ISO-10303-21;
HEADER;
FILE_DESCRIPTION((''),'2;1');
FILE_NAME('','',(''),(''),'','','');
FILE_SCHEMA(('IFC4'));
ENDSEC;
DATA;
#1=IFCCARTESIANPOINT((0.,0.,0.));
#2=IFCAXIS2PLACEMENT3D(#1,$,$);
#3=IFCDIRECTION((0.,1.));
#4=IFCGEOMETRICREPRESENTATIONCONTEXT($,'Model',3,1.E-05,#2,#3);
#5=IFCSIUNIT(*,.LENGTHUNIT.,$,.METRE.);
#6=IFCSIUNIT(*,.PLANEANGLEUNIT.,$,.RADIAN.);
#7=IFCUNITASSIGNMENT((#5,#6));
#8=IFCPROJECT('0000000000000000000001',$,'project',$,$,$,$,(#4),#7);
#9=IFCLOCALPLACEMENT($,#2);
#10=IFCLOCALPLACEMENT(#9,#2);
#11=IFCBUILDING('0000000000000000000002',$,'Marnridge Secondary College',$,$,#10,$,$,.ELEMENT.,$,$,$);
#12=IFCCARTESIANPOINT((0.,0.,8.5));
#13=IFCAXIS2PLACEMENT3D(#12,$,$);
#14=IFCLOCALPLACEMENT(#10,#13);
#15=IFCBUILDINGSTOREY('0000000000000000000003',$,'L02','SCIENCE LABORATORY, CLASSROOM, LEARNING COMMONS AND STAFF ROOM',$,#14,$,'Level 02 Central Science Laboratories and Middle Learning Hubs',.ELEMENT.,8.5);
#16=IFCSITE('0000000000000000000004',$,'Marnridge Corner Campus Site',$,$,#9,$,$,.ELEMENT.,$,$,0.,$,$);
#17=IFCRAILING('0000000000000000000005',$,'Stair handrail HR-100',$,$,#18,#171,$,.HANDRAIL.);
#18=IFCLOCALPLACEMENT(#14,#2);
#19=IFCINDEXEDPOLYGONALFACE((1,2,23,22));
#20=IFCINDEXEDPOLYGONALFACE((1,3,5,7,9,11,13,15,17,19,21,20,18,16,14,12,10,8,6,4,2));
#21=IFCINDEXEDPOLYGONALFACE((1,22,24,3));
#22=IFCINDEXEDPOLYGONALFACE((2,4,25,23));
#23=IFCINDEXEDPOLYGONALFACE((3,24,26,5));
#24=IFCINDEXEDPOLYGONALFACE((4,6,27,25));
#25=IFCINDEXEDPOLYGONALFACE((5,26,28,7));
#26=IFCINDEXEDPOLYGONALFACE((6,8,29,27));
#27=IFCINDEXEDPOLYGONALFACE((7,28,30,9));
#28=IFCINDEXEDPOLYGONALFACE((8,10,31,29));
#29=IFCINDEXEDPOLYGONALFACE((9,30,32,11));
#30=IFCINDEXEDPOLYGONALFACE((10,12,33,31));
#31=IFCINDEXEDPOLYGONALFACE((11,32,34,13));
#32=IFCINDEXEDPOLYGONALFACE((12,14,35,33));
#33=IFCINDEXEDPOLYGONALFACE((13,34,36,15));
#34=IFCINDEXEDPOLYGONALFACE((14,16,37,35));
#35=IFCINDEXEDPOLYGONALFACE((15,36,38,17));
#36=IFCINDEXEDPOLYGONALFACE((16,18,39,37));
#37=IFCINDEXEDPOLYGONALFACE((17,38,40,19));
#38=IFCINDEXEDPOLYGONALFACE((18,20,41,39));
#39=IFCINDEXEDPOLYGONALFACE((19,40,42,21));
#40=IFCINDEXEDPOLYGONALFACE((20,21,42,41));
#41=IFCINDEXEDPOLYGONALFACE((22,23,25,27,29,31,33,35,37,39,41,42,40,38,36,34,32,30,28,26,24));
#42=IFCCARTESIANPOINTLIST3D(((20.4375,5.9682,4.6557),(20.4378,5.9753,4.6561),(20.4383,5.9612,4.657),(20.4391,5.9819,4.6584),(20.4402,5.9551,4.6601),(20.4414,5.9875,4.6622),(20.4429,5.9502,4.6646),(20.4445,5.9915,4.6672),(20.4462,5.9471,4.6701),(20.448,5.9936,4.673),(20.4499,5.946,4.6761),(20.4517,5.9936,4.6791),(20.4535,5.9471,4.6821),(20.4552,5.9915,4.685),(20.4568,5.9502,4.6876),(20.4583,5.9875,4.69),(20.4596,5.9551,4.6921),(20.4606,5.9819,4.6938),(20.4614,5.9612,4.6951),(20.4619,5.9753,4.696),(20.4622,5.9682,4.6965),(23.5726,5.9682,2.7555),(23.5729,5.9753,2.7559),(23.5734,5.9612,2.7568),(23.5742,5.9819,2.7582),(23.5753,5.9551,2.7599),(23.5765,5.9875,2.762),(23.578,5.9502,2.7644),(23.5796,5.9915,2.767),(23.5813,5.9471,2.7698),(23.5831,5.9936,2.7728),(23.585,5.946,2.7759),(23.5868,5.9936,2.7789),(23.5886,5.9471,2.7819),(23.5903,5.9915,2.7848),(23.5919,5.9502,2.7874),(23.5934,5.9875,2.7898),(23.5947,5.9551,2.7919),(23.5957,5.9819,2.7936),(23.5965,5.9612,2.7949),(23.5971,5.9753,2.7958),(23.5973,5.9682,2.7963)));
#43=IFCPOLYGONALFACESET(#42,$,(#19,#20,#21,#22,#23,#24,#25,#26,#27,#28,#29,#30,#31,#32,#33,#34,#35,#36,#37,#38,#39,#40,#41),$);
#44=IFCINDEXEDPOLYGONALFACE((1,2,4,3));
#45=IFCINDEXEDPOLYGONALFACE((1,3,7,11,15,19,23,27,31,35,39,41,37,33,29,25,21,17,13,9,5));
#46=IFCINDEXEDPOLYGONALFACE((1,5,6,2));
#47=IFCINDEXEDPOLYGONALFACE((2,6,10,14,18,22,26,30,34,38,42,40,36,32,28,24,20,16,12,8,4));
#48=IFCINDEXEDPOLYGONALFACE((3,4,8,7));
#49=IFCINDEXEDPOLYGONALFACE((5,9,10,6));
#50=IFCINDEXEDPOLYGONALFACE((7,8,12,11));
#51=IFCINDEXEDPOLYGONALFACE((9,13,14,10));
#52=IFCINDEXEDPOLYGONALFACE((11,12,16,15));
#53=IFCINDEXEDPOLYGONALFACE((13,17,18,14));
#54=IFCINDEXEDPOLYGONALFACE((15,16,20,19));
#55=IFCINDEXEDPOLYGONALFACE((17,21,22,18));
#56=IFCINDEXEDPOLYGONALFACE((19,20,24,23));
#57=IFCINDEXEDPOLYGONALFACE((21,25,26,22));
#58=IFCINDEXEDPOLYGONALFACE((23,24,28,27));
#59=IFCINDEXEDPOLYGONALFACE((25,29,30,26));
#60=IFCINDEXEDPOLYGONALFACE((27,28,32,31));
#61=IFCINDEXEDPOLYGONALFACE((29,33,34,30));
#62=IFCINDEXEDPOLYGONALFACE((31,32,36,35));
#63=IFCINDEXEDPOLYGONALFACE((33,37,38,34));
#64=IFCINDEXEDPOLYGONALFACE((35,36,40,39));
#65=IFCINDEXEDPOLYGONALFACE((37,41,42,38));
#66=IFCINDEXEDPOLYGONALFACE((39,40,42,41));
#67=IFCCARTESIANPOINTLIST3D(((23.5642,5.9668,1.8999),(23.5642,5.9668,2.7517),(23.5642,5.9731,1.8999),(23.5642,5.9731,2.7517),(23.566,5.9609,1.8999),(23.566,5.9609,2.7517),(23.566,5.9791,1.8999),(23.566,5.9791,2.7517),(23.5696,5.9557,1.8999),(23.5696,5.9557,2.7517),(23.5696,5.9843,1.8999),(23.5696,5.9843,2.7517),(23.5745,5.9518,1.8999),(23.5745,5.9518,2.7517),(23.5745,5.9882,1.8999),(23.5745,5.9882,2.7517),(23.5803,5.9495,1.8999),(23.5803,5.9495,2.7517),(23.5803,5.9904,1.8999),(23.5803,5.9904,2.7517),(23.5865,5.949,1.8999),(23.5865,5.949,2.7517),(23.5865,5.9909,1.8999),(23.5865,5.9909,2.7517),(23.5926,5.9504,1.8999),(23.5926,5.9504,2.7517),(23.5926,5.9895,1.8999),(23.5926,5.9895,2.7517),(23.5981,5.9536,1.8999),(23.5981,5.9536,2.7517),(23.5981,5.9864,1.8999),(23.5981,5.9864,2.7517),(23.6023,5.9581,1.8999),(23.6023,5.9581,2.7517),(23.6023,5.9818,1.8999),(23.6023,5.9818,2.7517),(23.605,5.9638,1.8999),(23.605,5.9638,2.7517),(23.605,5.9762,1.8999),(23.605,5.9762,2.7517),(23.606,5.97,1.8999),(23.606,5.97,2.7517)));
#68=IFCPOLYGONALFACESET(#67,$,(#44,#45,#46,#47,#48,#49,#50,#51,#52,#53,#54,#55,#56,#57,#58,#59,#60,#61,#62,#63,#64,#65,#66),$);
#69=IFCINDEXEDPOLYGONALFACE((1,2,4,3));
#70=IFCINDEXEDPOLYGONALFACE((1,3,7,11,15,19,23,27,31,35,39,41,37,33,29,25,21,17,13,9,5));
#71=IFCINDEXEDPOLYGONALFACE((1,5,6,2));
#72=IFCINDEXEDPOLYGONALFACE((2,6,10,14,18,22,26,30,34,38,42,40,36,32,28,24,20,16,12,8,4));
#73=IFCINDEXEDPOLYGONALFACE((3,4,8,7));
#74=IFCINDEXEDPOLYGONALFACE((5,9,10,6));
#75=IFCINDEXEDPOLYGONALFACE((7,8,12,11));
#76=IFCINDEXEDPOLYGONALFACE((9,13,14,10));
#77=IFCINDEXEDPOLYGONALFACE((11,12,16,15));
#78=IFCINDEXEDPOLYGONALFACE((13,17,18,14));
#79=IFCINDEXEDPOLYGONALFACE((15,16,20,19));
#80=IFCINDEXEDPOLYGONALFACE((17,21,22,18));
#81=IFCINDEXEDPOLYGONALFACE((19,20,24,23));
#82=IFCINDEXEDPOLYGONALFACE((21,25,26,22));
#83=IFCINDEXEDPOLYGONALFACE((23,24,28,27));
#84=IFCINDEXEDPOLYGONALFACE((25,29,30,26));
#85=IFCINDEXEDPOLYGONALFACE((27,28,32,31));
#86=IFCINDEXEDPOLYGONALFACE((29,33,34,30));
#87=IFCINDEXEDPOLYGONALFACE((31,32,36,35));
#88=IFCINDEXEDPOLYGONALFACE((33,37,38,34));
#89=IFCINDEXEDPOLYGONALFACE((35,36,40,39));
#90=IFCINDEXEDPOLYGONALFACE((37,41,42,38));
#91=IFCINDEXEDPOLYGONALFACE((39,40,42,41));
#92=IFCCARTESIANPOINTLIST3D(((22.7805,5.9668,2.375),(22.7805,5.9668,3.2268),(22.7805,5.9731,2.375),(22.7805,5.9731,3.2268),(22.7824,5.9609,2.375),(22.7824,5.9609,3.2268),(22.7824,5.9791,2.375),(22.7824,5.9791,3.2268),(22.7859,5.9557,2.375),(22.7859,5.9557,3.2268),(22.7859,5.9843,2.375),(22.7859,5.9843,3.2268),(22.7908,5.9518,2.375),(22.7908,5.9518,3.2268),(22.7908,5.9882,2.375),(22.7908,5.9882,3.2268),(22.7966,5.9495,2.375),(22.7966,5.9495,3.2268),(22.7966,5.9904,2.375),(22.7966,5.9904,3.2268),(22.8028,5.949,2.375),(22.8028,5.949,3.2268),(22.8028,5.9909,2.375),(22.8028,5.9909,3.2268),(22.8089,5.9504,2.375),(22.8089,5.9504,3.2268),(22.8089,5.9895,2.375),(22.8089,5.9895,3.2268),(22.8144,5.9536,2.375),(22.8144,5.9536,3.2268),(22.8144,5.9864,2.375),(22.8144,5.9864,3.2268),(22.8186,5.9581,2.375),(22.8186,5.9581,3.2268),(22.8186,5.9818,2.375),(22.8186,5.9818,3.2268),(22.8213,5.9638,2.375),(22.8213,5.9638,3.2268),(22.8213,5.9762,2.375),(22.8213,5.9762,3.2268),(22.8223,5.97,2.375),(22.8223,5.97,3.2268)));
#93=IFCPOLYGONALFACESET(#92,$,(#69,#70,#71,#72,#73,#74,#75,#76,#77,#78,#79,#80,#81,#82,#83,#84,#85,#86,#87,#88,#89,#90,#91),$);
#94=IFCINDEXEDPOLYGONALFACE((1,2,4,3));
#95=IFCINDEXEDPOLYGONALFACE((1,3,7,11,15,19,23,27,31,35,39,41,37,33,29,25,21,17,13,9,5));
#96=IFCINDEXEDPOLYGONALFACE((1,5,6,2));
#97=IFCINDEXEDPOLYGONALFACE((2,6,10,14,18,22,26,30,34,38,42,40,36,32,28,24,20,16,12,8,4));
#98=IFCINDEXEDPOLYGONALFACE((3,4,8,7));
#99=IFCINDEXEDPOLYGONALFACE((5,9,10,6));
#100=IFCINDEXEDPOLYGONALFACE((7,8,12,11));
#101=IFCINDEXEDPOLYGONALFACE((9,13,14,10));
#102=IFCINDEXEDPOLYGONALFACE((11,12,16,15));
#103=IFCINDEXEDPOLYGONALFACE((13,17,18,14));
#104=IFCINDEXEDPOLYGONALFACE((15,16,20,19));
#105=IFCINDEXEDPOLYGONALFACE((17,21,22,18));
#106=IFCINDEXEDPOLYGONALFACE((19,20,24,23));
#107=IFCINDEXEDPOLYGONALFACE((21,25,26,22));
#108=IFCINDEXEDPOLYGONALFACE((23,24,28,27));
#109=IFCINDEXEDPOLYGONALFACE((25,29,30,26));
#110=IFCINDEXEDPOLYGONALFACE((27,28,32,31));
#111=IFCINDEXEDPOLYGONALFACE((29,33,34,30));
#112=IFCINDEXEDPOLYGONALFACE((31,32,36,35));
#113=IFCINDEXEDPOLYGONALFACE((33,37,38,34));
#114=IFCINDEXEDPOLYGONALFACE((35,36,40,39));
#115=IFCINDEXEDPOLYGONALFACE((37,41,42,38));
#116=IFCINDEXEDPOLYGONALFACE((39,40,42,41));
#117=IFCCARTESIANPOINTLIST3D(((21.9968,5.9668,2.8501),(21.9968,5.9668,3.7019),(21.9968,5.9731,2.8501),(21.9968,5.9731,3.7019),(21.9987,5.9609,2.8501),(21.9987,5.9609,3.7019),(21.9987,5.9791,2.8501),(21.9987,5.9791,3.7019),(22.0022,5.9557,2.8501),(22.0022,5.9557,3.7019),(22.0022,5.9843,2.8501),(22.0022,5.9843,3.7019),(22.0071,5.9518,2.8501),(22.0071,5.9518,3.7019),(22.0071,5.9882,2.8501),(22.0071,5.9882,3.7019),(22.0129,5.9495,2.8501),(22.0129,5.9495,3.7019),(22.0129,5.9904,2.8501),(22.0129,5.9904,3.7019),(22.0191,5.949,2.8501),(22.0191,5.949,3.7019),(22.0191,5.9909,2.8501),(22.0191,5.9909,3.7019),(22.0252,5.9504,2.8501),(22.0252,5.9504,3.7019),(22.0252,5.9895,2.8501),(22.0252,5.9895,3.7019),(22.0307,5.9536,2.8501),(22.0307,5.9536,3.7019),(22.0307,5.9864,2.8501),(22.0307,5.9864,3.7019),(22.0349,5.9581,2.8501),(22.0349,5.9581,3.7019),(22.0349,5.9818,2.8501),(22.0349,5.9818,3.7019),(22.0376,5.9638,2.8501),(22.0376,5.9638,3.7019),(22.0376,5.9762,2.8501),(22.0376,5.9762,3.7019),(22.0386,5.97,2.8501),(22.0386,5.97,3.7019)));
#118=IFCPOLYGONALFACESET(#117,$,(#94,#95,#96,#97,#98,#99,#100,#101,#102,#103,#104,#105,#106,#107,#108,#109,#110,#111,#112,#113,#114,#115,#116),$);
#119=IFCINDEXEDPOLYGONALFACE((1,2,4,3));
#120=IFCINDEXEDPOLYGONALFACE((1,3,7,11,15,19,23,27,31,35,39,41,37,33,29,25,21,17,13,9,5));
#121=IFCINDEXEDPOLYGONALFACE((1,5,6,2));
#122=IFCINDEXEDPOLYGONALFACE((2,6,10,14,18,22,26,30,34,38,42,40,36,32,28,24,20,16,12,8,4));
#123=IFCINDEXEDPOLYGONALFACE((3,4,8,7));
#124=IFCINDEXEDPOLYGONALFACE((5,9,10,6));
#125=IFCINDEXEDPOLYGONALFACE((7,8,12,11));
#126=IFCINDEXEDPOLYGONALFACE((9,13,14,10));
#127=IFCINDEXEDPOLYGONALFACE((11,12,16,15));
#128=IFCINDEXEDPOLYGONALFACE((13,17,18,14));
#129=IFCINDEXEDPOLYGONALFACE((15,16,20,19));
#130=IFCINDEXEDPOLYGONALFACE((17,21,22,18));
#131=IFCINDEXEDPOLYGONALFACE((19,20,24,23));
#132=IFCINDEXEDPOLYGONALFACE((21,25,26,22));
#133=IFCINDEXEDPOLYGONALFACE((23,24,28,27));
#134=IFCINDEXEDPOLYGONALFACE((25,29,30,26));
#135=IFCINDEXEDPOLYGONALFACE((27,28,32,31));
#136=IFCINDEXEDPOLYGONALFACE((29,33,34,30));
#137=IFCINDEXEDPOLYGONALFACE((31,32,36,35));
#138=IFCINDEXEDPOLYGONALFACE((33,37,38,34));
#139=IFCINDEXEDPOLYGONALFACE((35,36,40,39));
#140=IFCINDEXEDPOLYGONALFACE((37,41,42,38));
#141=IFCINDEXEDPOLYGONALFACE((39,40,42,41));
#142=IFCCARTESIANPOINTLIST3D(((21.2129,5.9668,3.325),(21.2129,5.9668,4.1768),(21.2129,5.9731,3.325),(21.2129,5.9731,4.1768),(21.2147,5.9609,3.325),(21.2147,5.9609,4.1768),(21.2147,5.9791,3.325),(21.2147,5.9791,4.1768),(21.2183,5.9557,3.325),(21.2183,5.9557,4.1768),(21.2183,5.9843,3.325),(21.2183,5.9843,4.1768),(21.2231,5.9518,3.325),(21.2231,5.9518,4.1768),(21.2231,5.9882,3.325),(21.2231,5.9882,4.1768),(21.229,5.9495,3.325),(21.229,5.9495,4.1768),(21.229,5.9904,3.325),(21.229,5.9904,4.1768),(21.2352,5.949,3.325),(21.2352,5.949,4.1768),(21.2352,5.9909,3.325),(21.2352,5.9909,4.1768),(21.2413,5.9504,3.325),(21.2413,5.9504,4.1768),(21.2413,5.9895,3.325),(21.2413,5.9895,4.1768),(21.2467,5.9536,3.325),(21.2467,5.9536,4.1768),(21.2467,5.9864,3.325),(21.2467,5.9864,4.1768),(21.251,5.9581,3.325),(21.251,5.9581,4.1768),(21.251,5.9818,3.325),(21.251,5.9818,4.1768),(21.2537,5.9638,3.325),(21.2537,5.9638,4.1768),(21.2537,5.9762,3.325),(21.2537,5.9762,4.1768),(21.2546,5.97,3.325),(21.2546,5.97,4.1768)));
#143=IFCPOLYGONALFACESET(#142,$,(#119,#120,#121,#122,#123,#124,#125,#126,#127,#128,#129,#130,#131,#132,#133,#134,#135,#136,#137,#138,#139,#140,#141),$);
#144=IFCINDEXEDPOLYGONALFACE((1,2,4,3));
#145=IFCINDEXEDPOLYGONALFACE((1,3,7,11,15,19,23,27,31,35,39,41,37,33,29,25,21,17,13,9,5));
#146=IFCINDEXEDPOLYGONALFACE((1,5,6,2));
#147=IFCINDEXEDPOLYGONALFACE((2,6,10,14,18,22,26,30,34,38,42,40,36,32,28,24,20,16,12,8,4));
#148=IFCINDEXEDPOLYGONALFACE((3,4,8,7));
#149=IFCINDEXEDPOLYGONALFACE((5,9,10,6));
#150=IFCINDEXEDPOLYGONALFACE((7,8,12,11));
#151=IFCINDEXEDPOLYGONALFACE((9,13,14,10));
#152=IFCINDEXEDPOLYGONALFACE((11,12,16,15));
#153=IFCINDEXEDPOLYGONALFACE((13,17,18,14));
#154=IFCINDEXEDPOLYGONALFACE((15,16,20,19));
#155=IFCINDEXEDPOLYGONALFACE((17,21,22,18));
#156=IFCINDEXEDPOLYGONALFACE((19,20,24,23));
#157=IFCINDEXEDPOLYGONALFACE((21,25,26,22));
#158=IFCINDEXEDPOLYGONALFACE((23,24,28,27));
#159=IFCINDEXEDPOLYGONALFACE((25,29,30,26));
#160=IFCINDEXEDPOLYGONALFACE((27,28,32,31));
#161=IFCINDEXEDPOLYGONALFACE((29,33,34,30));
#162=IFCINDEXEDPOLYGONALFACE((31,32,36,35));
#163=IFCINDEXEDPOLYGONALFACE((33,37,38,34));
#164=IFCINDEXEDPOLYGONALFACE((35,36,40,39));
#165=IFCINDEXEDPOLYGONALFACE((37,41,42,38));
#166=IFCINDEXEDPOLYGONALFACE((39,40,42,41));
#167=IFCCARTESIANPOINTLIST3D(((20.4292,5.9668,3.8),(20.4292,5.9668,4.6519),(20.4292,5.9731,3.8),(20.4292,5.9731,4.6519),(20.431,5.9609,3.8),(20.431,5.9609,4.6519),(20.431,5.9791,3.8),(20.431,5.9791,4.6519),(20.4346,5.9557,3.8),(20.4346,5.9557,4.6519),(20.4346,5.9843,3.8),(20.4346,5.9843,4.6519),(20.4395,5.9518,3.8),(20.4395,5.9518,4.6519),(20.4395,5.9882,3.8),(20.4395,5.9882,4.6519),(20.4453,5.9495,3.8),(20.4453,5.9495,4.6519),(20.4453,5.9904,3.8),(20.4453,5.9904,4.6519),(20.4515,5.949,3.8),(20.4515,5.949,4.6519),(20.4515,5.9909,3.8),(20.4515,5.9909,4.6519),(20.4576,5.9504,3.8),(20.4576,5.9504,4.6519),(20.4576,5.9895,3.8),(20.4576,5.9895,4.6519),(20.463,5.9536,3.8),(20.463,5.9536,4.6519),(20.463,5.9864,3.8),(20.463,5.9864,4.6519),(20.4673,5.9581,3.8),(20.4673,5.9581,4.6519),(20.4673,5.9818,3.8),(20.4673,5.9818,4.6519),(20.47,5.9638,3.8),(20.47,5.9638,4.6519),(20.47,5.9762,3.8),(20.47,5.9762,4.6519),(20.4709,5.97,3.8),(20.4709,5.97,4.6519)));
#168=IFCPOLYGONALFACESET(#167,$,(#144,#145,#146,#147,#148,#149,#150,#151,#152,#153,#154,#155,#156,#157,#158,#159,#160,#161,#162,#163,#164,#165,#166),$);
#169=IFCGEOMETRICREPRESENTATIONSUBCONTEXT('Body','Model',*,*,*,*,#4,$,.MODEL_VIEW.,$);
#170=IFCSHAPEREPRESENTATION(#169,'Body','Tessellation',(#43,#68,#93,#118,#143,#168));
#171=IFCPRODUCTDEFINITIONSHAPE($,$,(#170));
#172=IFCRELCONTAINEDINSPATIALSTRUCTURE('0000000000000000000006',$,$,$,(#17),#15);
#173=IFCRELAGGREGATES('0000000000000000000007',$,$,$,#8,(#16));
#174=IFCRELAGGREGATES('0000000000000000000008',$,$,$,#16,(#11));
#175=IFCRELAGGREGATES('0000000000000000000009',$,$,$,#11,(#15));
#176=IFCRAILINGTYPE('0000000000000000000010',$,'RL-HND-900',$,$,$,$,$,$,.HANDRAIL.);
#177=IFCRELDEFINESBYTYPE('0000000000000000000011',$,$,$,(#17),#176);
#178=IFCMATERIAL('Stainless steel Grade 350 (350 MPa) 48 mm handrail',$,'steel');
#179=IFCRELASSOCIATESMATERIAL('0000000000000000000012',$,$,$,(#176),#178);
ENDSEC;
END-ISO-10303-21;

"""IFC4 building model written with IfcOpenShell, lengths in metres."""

from ifc_helpers import new_model, si_unit, direction, frame, origin, origin_2d, place, context, subcontext, project, spatial, circle, extrude, material, type_object, element, save


model = new_model("IFC4")

# Units and contexts
model_context = context("Model", 3, precision=1e-05, world=origin(), true_north=direction((0.0, 1.0)))
body_context = subcontext(model_context, "Body", "Model", "MODEL_VIEW")
ifc_project = project(units=[si_unit("LENGTHUNIT", "METRE"), si_unit("PLANEANGLEUNIT", "RADIAN")], contexts=[model_context])

# Site, building, storey
site_placement = place(None, origin())
site = spatial("IfcSite", under=ifc_project, at=site_placement, Name="Marnridge Corner Campus Site", CompositionType="ELEMENT", RefElevation=0.0)
building_placement = place(site_placement, origin())
building = spatial("IfcBuilding", under=site, at=building_placement, Name="Marnridge Secondary College", CompositionType="ELEMENT")
storey_placement = place(building_placement, frame((0.0, 0.0, 8.5)))
storey = spatial("IfcBuildingStorey", under=building, at=storey_placement, Name="L02", Description="SCIENCE LABORATORY, CLASSROOM, LEARNING COMMONS AND STAFF ROOM", LongName="Level 02 Central Science Laboratories and Middle Learning Hubs", CompositionType="ELEMENT", Elevation=8.5)

# Railing
ifc_material_1 = material(Name="Stainless steel Grade 350 (350 MPa) 48 mm handrail", Category="steel")
railing_type_1 = type_object("IfcRailingType", Name="RL-HND-900", PredefinedType="HANDRAIL", material=ifc_material_1)
for number, where, name in (
    (1, (23.585, 5.97, 1.8999), "Stair handrail HR-100"),
):
    element("IfcRailing", number, at=place(storey_placement, frame(where)), inside=storey, type_object=railing_type_1, Name=name, PredefinedType="HANDRAIL", context=body_context, shape_type="SweptSolid", body=[
        extrude(circle(Radius=0.0239, at=origin_2d()), frame((0.0, 0.0, 0.876), z_axis=(-0.855181, 0.0, 0.51833), x_axis=(0.0, -1.0, 0.0)), (0.0, 0.0, 1.0), 3.666),
        extrude(circle(Radius=0.021, at=origin_2d()), origin(), (0.0, 0.0, 1.0), 0.8518),
        extrude(circle(Radius=0.021, at=origin_2d()), frame((-0.7837, 0.0, 0.4751)), (0.0, 0.0, 1.0), 0.8518),
        extrude(circle(Radius=0.021, at=origin_2d()), frame((-1.5674, 0.0, 0.9502)), (0.0, 0.0, 1.0), 0.8518),
        extrude(circle(Radius=0.021, at=origin_2d()), frame((-2.3513, 0.0, 1.425)), (0.0, 0.0, 1.0), 0.8518),
        extrude(circle(Radius=0.021, at=origin_2d()), frame((-3.135, 0.0, 1.9001)), (0.0, 0.0, 1.0), 0.8518),
    ])

save(model, "model.ifc")
